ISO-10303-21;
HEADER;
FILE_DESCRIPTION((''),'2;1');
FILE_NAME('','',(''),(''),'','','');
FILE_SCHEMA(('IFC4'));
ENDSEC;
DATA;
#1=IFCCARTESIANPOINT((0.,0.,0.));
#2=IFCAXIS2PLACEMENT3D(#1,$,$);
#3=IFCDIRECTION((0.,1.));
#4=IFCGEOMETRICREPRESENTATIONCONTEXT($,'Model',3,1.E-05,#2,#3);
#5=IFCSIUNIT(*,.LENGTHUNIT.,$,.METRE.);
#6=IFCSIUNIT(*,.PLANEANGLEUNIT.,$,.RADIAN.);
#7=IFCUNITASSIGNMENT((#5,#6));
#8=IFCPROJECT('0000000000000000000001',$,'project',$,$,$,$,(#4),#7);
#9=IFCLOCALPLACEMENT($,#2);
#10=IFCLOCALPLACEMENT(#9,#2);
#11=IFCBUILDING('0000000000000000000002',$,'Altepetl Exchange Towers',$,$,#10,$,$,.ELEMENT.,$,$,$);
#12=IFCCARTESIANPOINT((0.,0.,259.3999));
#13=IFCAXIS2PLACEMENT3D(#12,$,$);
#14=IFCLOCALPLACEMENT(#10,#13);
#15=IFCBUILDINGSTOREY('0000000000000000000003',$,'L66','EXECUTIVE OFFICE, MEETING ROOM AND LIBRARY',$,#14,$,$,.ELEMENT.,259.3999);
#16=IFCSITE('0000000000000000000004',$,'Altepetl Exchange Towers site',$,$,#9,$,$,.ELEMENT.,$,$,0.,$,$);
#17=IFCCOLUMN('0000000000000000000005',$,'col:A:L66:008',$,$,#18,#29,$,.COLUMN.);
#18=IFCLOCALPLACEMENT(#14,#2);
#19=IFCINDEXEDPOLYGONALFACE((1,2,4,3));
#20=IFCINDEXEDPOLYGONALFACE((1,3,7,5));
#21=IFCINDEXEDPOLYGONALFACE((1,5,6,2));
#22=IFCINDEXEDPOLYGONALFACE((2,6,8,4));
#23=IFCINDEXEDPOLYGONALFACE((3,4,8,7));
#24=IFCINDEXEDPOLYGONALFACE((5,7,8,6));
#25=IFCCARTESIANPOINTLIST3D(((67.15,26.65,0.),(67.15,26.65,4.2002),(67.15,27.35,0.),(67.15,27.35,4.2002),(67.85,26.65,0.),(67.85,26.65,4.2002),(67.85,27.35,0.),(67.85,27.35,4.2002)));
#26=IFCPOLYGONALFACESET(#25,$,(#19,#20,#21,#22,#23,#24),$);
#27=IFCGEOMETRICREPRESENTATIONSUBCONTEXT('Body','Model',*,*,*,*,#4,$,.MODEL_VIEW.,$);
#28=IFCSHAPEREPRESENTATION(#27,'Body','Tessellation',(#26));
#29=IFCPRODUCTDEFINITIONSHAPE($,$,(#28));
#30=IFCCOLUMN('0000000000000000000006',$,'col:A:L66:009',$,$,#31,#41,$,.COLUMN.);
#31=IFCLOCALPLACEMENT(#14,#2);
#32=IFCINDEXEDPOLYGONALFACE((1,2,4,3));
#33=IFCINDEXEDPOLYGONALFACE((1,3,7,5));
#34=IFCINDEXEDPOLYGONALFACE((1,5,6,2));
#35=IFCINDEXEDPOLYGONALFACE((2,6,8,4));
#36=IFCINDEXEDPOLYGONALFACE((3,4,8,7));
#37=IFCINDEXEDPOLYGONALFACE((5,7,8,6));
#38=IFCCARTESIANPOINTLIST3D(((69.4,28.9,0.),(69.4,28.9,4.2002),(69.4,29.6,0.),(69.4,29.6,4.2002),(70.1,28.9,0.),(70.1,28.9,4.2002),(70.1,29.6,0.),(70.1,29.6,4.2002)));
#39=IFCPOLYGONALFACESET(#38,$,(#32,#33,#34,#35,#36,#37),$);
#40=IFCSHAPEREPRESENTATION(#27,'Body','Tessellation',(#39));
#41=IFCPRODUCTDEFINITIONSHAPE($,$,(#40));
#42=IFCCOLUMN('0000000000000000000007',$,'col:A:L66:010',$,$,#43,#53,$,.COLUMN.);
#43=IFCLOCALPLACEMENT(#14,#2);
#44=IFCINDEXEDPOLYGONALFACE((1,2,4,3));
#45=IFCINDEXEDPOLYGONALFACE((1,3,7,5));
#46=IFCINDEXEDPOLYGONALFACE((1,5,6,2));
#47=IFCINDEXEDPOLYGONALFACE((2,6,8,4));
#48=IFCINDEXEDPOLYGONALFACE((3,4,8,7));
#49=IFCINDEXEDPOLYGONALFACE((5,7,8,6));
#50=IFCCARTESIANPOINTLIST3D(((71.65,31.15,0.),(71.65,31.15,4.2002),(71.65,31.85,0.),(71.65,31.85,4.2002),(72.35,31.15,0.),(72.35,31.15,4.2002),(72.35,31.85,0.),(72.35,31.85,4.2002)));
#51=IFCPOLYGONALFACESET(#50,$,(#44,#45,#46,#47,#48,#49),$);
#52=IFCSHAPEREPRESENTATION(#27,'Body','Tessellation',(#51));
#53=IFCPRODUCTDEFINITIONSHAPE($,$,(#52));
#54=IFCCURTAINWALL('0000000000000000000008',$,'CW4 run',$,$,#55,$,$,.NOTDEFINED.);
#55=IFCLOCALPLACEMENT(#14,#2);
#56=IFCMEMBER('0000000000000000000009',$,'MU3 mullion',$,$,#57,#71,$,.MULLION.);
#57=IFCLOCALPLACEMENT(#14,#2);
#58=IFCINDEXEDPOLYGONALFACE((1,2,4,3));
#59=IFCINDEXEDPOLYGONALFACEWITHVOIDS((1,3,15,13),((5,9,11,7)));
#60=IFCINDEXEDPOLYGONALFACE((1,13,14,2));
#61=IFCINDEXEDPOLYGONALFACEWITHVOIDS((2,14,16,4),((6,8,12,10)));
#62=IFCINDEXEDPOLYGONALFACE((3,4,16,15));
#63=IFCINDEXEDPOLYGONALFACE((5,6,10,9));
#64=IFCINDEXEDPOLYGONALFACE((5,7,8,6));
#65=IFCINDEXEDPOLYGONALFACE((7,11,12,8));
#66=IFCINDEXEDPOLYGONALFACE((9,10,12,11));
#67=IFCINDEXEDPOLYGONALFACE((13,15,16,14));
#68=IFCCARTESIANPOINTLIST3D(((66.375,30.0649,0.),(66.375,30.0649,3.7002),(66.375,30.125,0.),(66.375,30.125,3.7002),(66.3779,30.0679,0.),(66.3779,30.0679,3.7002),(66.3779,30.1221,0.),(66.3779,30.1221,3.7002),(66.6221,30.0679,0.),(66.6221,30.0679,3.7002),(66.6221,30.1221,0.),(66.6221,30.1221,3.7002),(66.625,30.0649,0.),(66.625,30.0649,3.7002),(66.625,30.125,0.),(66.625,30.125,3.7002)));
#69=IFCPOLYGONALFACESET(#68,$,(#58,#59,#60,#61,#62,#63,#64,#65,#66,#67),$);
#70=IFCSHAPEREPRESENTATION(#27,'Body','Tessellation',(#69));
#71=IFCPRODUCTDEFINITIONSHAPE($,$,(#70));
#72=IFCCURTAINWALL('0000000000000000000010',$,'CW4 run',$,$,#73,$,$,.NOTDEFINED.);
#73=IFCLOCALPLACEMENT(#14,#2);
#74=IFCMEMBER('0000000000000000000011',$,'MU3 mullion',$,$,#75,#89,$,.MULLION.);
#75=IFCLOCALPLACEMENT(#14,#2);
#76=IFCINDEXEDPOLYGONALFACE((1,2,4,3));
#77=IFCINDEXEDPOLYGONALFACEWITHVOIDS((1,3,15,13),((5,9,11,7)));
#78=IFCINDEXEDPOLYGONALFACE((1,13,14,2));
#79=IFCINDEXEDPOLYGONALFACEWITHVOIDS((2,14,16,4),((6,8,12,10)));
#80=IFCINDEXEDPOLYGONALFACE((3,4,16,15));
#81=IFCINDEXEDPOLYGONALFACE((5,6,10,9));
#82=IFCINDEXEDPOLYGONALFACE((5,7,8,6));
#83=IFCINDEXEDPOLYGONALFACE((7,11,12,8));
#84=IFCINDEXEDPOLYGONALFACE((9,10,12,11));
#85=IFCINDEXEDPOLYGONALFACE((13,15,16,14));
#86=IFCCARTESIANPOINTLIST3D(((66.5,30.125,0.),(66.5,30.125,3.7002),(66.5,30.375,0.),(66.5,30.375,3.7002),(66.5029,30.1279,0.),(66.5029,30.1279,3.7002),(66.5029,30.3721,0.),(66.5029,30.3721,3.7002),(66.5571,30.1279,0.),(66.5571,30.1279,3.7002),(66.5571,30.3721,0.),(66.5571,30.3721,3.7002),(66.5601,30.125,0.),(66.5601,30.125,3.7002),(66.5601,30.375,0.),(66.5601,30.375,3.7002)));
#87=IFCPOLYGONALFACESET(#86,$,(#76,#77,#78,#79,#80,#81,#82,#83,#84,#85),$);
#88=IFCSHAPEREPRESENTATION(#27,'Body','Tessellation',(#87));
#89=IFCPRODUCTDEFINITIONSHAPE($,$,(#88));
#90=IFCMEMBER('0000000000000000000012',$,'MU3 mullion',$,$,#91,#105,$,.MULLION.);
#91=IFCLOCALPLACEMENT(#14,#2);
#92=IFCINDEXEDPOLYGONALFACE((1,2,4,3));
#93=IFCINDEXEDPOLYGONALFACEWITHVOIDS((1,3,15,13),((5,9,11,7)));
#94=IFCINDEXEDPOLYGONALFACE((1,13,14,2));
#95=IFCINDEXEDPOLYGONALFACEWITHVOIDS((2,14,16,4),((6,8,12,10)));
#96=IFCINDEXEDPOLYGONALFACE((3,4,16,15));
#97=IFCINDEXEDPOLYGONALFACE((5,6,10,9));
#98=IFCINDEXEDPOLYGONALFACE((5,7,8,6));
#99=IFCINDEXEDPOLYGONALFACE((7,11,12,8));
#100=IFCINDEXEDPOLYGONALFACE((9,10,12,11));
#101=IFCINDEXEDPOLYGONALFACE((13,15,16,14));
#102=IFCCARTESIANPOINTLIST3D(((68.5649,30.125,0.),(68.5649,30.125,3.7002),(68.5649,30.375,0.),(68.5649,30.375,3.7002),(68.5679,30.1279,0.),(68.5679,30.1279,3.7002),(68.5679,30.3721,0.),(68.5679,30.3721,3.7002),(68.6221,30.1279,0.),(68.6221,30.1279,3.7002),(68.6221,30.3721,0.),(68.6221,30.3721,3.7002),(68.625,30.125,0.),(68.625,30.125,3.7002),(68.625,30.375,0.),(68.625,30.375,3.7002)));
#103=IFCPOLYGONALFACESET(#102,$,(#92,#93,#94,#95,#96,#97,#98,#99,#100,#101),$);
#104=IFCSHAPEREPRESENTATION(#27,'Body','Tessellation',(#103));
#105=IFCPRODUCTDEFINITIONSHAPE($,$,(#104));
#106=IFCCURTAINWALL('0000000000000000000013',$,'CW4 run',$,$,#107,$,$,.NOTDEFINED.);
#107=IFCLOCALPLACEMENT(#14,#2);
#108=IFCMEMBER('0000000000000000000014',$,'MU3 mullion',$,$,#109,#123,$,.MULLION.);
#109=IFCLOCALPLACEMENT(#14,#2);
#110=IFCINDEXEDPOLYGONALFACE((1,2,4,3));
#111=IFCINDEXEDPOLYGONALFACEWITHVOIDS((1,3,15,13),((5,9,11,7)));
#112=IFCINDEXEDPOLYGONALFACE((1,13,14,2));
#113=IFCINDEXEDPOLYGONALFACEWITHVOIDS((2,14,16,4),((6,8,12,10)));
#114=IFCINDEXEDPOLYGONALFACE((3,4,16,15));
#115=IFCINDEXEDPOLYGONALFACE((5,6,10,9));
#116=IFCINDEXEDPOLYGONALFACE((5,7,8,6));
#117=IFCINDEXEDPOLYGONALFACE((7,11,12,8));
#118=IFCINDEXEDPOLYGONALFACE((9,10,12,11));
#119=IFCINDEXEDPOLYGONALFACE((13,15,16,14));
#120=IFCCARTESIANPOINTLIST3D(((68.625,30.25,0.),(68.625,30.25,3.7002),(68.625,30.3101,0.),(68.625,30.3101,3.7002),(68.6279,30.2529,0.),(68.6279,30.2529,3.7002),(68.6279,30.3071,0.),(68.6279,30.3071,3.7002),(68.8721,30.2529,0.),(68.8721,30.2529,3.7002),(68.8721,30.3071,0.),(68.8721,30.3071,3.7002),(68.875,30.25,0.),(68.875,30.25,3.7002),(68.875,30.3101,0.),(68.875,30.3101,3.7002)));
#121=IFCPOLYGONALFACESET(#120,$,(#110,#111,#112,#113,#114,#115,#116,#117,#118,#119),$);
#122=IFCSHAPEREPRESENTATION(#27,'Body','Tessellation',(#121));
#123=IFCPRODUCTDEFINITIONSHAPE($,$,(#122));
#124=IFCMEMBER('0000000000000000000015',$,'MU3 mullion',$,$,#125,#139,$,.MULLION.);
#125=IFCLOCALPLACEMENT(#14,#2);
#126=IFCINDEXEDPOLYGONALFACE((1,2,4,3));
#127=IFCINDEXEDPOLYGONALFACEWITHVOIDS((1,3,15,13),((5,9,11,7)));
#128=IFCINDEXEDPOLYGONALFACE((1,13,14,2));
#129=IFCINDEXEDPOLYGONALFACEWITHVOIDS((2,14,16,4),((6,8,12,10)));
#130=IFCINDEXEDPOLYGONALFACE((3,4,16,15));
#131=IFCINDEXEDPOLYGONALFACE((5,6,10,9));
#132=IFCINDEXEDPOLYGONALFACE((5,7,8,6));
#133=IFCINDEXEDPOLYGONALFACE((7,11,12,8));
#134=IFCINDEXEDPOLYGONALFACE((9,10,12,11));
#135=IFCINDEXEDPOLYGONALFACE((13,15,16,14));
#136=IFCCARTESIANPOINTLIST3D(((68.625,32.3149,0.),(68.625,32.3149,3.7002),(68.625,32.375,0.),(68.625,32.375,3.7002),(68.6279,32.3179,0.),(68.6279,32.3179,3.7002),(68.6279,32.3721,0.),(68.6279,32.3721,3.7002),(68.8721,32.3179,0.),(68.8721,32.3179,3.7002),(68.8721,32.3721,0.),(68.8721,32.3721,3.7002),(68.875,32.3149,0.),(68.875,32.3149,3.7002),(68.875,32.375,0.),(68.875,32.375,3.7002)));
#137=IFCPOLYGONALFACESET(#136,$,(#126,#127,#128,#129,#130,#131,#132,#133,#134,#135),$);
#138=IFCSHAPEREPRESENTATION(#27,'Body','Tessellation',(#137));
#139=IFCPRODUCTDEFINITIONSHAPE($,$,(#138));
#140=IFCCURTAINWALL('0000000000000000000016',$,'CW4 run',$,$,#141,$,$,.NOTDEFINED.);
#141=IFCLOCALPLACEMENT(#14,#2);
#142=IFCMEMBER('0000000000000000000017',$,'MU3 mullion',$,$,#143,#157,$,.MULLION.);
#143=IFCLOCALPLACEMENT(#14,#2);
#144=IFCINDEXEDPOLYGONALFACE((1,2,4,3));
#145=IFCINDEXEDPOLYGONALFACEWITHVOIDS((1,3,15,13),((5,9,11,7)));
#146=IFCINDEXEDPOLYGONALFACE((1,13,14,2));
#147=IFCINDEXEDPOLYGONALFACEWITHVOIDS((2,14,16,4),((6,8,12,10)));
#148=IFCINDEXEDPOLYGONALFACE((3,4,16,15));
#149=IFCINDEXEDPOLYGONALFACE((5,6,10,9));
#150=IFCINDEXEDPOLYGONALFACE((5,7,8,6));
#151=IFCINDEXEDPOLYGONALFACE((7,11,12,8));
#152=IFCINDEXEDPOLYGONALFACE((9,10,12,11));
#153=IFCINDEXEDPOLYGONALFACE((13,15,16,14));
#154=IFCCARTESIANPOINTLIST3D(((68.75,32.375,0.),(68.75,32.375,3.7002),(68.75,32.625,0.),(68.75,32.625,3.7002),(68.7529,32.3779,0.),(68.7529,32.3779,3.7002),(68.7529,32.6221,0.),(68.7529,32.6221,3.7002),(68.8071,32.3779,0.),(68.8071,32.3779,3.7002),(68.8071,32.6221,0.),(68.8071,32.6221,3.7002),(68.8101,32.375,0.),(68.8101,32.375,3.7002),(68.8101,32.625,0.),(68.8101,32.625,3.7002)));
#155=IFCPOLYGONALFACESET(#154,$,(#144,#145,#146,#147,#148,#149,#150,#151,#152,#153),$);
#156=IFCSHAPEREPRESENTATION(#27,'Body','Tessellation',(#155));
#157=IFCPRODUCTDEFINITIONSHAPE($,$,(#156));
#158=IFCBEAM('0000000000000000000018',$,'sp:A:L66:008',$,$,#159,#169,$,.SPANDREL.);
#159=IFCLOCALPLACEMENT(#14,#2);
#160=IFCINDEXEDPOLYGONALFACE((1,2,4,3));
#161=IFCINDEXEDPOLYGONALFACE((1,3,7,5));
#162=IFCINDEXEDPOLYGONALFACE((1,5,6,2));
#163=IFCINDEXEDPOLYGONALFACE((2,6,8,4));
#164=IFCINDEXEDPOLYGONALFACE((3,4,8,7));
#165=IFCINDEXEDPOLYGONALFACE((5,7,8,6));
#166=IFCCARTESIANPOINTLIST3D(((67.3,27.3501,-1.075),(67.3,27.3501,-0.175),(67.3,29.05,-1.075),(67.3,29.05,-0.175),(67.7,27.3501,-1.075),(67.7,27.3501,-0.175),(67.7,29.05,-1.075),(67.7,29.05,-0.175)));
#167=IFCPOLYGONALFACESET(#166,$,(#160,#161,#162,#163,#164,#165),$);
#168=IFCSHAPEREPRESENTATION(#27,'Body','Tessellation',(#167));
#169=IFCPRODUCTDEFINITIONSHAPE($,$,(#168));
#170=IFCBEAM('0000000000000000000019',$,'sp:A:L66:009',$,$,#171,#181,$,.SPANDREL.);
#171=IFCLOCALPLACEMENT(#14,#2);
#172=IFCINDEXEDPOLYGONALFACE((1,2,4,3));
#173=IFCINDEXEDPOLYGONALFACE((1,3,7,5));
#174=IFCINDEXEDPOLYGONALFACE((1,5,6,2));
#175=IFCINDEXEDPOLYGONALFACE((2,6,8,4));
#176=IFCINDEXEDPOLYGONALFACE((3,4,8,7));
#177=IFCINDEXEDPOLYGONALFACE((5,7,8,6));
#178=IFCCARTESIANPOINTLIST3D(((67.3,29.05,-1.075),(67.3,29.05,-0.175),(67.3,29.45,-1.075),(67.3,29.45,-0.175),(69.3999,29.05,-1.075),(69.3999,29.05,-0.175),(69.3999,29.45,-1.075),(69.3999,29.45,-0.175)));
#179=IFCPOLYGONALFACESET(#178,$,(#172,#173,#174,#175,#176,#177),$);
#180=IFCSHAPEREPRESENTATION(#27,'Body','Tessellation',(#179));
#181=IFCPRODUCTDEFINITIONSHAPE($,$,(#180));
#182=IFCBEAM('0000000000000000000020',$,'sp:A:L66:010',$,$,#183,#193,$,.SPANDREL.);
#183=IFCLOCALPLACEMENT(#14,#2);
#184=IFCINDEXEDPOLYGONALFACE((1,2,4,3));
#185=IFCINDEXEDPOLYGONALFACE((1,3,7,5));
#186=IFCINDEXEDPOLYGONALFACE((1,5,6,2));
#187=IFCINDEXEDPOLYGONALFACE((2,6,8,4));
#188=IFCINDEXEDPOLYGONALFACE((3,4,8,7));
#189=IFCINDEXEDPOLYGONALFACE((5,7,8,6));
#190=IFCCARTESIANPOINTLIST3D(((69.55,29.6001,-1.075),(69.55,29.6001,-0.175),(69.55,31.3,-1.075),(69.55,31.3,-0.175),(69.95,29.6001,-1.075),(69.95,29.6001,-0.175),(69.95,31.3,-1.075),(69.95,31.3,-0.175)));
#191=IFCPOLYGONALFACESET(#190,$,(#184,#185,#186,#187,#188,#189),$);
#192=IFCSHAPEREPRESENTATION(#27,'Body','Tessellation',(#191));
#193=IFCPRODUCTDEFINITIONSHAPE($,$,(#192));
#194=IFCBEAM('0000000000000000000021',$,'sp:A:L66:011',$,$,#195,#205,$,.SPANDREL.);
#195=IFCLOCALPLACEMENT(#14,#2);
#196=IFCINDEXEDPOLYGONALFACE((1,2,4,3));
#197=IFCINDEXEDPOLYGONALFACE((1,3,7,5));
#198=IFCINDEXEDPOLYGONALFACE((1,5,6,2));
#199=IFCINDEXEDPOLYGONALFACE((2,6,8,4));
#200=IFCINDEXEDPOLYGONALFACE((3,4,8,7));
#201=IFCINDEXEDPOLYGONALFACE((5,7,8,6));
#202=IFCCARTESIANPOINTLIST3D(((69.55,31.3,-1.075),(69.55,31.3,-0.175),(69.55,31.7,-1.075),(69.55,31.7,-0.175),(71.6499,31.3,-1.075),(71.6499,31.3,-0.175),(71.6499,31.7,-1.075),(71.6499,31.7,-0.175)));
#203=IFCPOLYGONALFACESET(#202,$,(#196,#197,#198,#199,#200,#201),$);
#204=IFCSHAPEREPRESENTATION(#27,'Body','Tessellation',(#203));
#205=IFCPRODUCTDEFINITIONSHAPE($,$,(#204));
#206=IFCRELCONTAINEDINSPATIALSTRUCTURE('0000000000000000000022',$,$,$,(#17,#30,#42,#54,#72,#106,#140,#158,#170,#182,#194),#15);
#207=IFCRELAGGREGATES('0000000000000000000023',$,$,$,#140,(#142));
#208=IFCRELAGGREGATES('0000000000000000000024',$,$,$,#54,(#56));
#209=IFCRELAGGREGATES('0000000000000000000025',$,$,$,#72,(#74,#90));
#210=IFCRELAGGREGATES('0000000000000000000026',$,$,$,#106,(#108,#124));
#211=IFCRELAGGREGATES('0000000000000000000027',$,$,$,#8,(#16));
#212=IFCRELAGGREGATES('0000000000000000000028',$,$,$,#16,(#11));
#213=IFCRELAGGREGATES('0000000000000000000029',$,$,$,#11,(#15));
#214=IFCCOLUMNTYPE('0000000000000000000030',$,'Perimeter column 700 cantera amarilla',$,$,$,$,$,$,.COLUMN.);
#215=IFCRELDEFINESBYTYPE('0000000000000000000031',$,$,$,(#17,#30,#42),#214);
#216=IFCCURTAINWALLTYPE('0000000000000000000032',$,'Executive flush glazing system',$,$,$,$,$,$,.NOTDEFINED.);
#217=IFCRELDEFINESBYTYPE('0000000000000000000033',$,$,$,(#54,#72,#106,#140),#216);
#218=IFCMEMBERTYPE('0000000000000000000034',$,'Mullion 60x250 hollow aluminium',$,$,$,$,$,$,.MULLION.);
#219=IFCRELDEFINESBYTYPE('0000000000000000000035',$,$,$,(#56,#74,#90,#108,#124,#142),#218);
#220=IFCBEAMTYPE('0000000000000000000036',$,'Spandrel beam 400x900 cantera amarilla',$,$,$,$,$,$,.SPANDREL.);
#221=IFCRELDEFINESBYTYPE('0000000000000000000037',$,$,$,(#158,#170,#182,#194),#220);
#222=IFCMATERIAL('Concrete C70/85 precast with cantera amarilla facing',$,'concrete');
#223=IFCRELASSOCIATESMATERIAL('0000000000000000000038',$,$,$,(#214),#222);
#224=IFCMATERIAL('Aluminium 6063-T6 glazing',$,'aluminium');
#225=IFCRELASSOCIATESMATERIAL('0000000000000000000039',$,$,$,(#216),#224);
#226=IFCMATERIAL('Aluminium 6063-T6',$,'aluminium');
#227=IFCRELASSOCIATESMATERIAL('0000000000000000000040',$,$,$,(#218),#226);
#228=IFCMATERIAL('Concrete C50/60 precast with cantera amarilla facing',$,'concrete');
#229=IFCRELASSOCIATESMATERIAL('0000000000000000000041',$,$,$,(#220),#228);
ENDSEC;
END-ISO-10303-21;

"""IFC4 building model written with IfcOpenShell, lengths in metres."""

from ifc_helpers import new_model, si_unit, direction, frame, origin, origin_2d, place, context, subcontext, project, spatial, rectangle, hollow_rectangle, extrude, material, material_profile, profile_set, type_object, element, aggregate, save


model = new_model("IFC4")

# Units and contexts
model_context = context("Model", 3, precision=1e-05, world=origin(), true_north=direction((0.0, 1.0)))
body_context = subcontext(model_context, "Body", "Model", "MODEL_VIEW")
ifc_project = project(units=[si_unit("LENGTHUNIT", "METRE"), si_unit("PLANEANGLEUNIT", "RADIAN")], contexts=[model_context])

# Site, building, storey
site_placement = place(None, origin())
site = spatial("IfcSite", under=ifc_project, at=site_placement, Name="Altepetl Exchange Towers site", CompositionType="ELEMENT", RefElevation=0.0)
building_placement = place(site_placement, origin())
building = spatial("IfcBuilding", under=site, at=building_placement, Name="Altepetl Exchange Towers", CompositionType="ELEMENT")
storey_placement = place(building_placement, frame((0.0, 0.0, 259.3999)))
storey = spatial("IfcBuildingStorey", under=building, at=storey_placement, Name="L66", Description="EXECUTIVE OFFICE, MEETING ROOM AND LIBRARY", CompositionType="ELEMENT", Elevation=259.3999)

# Columns
ifc_material_1 = material(Name="Concrete C70/85 precast with cantera amarilla facing", Category="concrete")
ifc_material_profile_1 = material_profile(ifc_material_1, rectangle(XDim=0.7, YDim=0.7, at=origin_2d()), Name="700 x 700")
ifc_profile_set_1 = profile_set([ifc_material_profile_1], Name="Concrete C70/85 precast with cantera amarilla facing")
column_type = type_object("IfcColumnType", Name="Perimeter column 700 cantera amarilla", PredefinedType="COLUMN", material=ifc_profile_set_1)
for number, where, name in (
    (1, (67.5, 27.0, 0.0), "col:A:L66:008"),
    (2, (69.75, 29.25, 0.0), "col:A:L66:009"),
    (3, (72.0, 31.5, 0.0), "col:A:L66:010"),
):
    element("IfcColumn", number, at=place(storey_placement, frame(where)), inside=storey, type_object=column_type, Name=name, PredefinedType="COLUMN", context=body_context, shape_type="SweptSolid", body=[
        extrude(rectangle(XDim=0.7, YDim=0.7, at=origin_2d()), origin(), (0.0, 0.0, 1.0), 4.2002),
    ])

# Curtain wall, member
ifc_material_2 = material(Name="Aluminium 6063-T6 glazing", Category="aluminium")
curtain_wall_type = type_object("IfcCurtainWallType", Name="Executive flush glazing system", PredefinedType="NOTDEFINED", material=ifc_material_2)
curtain_wall_1_placement = place(storey_placement, origin())
curtain_wall_1 = element("IfcCurtainWall", 4, at=curtain_wall_1_placement, inside=storey, type_object=curtain_wall_type, Name="CW4 run", PredefinedType="NOTDEFINED")
ifc_material_3 = material(Name="Aluminium 6063-T6", Category="aluminium")
ifc_material_profile_2 = material_profile(ifc_material_3, hollow_rectangle(XDim=0.0601, YDim=0.25, WallThickness=0.0029, at=origin_2d()), Name="Mullion 60x250 hollow aluminium")
ifc_profile_set_2 = profile_set([ifc_material_profile_2], Name="Aluminium 6063-T6")
member_type_1 = type_object("IfcMemberType", Name="Mullion 60x250 hollow aluminium", PredefinedType="MULLION", material=ifc_profile_set_2)
member_1_placement = place(storey_placement, frame((66.5, 30.095, 0.0), z_axis=(0.0, 0.0, 1.0), x_axis=(0.0, 1.0, 0.0)))
member_1 = element("IfcMember", 5, at=member_1_placement, type_object=member_type_1, Name="MU3 mullion", PredefinedType="MULLION", context=body_context, shape_type="SweptSolid", body=[
    extrude(hollow_rectangle(XDim=0.0601, YDim=0.25, WallThickness=0.0029, at=origin_2d()), origin(), (0.0, 0.0, 1.0), 3.7002),
])

# Curtain walls, members
curtain_wall_2_placement = place(storey_placement, origin())
curtain_wall_2 = element("IfcCurtainWall", 6, at=curtain_wall_2_placement, inside=storey, type_object=curtain_wall_type, Name="CW4 run", PredefinedType="NOTDEFINED")
member_2_placement = place(storey_placement, frame((66.53, 30.25, 0.0)))
member_2 = element("IfcMember", 7, at=member_2_placement, type_object=member_type_1, Name="MU3 mullion", PredefinedType="MULLION", context=body_context, shape_type="SweptSolid", body=[
    extrude(hollow_rectangle(XDim=0.0601, YDim=0.25, WallThickness=0.0029, at=origin_2d()), origin(), (0.0, 0.0, 1.0), 3.7002),
])
member_3_placement = place(storey_placement, frame((68.595, 30.25, 0.0)))
member_3 = element("IfcMember", 8, at=member_3_placement, type_object=member_type_1, Name="MU3 mullion", PredefinedType="MULLION", context=body_context, shape_type="SweptSolid", body=[
    extrude(hollow_rectangle(XDim=0.0601, YDim=0.25, WallThickness=0.0029, at=origin_2d()), origin(), (0.0, 0.0, 1.0), 3.7002),
])
curtain_wall_3_placement = place(storey_placement, origin())
curtain_wall_3 = element("IfcCurtainWall", 9, at=curtain_wall_3_placement, inside=storey, type_object=curtain_wall_type, Name="CW4 run", PredefinedType="NOTDEFINED")
member_4_placement = place(storey_placement, frame((68.75, 30.28, 0.0), z_axis=(0.0, 0.0, 1.0), x_axis=(0.0, 1.0, 0.0)))
member_4 = element("IfcMember", 10, at=member_4_placement, type_object=member_type_1, Name="MU3 mullion", PredefinedType="MULLION", context=body_context, shape_type="SweptSolid", body=[
    extrude(hollow_rectangle(XDim=0.0601, YDim=0.25, WallThickness=0.0029, at=origin_2d()), origin(), (0.0, 0.0, 1.0), 3.7002),
])
member_5_placement = place(storey_placement, frame((68.75, 32.345, 0.0), z_axis=(0.0, 0.0, 1.0), x_axis=(0.0, 1.0, 0.0)))
member_5 = element("IfcMember", 11, at=member_5_placement, type_object=member_type_1, Name="MU3 mullion", PredefinedType="MULLION", context=body_context, shape_type="SweptSolid", body=[
    extrude(hollow_rectangle(XDim=0.0601, YDim=0.25, WallThickness=0.0029, at=origin_2d()), origin(), (0.0, 0.0, 1.0), 3.7002),
])

# Curtain wall, member
curtain_wall_4_placement = place(storey_placement, origin())
curtain_wall_4 = element("IfcCurtainWall", 12, at=curtain_wall_4_placement, inside=storey, type_object=curtain_wall_type, Name="CW4 run", PredefinedType="NOTDEFINED")
member_6_placement = place(storey_placement, frame((68.78, 32.5, 0.0)))
member_6 = element("IfcMember", 13, at=member_6_placement, type_object=member_type_1, Name="MU3 mullion", PredefinedType="MULLION", context=body_context, shape_type="SweptSolid", body=[
    extrude(hollow_rectangle(XDim=0.0601, YDim=0.25, WallThickness=0.0029, at=origin_2d()), origin(), (0.0, 0.0, 1.0), 3.7002),
])

# Beams
ifc_material_4 = material(Name="Concrete C50/60 precast with cantera amarilla facing", Category="concrete")
ifc_material_profile_3 = material_profile(ifc_material_4, rectangle(XDim=0.3999, YDim=0.8999, at=origin_2d()), Name="400 x 900")
ifc_profile_set_3 = profile_set([ifc_material_profile_3], Name="Concrete C50/60 precast with cantera amarilla facing")
beam_type = type_object("IfcBeamType", Name="Spandrel beam 400x900 cantera amarilla", PredefinedType="SPANDREL", material=ifc_profile_set_3)
beam_1_placement = place(storey_placement, frame((67.5, 27.3501, -0.625), z_axis=(0.0, 1.0, 0.0), x_axis=(-1.0, 0.0, 0.0)))
element("IfcBeam", 14, at=beam_1_placement, inside=storey, type_object=beam_type, Name="sp:A:L66:008", PredefinedType="SPANDREL", context=body_context, shape_type="SweptSolid", body=[
    extrude(rectangle(XDim=0.3999, YDim=0.8999, at=origin_2d()), origin(), (0.0, 0.0, 1.0), 1.7),
])
beam_2_placement = place(storey_placement, frame((67.3, 29.25, -0.625), z_axis=(1.0, 0.0, 0.0), x_axis=(0.0, 1.0, 0.0)))
element("IfcBeam", 15, at=beam_2_placement, inside=storey, type_object=beam_type, Name="sp:A:L66:009", PredefinedType="SPANDREL", context=body_context, shape_type="SweptSolid", body=[
    extrude(rectangle(XDim=0.3999, YDim=0.8999, at=origin_2d()), origin(), (0.0, 0.0, 1.0), 2.0999),
])
beam_3_placement = place(storey_placement, frame((69.75, 29.6001, -0.625), z_axis=(0.0, 1.0, 0.0), x_axis=(-1.0, 0.0, 0.0)))
element("IfcBeam", 16, at=beam_3_placement, inside=storey, type_object=beam_type, Name="sp:A:L66:010", PredefinedType="SPANDREL", context=body_context, shape_type="SweptSolid", body=[
    extrude(rectangle(XDim=0.3999, YDim=0.8999, at=origin_2d()), origin(), (0.0, 0.0, 1.0), 1.7),
])
beam_4_placement = place(storey_placement, frame((69.55, 31.5, -0.625), z_axis=(1.0, 0.0, 0.0), x_axis=(0.0, 1.0, 0.0)))
element("IfcBeam", 17, at=beam_4_placement, inside=storey, type_object=beam_type, Name="sp:A:L66:011", PredefinedType="SPANDREL", context=body_context, shape_type="SweptSolid", body=[
    extrude(rectangle(XDim=0.3999, YDim=0.8999, at=origin_2d()), origin(), (0.0, 0.0, 1.0), 2.0999),
])

aggregate(curtain_wall_4, [member_6])

aggregate(curtain_wall_1, [member_1])
aggregate(curtain_wall_2, [member_2, member_3])
aggregate(curtain_wall_3, [member_4, member_5])

save(model, "model.ifc")
